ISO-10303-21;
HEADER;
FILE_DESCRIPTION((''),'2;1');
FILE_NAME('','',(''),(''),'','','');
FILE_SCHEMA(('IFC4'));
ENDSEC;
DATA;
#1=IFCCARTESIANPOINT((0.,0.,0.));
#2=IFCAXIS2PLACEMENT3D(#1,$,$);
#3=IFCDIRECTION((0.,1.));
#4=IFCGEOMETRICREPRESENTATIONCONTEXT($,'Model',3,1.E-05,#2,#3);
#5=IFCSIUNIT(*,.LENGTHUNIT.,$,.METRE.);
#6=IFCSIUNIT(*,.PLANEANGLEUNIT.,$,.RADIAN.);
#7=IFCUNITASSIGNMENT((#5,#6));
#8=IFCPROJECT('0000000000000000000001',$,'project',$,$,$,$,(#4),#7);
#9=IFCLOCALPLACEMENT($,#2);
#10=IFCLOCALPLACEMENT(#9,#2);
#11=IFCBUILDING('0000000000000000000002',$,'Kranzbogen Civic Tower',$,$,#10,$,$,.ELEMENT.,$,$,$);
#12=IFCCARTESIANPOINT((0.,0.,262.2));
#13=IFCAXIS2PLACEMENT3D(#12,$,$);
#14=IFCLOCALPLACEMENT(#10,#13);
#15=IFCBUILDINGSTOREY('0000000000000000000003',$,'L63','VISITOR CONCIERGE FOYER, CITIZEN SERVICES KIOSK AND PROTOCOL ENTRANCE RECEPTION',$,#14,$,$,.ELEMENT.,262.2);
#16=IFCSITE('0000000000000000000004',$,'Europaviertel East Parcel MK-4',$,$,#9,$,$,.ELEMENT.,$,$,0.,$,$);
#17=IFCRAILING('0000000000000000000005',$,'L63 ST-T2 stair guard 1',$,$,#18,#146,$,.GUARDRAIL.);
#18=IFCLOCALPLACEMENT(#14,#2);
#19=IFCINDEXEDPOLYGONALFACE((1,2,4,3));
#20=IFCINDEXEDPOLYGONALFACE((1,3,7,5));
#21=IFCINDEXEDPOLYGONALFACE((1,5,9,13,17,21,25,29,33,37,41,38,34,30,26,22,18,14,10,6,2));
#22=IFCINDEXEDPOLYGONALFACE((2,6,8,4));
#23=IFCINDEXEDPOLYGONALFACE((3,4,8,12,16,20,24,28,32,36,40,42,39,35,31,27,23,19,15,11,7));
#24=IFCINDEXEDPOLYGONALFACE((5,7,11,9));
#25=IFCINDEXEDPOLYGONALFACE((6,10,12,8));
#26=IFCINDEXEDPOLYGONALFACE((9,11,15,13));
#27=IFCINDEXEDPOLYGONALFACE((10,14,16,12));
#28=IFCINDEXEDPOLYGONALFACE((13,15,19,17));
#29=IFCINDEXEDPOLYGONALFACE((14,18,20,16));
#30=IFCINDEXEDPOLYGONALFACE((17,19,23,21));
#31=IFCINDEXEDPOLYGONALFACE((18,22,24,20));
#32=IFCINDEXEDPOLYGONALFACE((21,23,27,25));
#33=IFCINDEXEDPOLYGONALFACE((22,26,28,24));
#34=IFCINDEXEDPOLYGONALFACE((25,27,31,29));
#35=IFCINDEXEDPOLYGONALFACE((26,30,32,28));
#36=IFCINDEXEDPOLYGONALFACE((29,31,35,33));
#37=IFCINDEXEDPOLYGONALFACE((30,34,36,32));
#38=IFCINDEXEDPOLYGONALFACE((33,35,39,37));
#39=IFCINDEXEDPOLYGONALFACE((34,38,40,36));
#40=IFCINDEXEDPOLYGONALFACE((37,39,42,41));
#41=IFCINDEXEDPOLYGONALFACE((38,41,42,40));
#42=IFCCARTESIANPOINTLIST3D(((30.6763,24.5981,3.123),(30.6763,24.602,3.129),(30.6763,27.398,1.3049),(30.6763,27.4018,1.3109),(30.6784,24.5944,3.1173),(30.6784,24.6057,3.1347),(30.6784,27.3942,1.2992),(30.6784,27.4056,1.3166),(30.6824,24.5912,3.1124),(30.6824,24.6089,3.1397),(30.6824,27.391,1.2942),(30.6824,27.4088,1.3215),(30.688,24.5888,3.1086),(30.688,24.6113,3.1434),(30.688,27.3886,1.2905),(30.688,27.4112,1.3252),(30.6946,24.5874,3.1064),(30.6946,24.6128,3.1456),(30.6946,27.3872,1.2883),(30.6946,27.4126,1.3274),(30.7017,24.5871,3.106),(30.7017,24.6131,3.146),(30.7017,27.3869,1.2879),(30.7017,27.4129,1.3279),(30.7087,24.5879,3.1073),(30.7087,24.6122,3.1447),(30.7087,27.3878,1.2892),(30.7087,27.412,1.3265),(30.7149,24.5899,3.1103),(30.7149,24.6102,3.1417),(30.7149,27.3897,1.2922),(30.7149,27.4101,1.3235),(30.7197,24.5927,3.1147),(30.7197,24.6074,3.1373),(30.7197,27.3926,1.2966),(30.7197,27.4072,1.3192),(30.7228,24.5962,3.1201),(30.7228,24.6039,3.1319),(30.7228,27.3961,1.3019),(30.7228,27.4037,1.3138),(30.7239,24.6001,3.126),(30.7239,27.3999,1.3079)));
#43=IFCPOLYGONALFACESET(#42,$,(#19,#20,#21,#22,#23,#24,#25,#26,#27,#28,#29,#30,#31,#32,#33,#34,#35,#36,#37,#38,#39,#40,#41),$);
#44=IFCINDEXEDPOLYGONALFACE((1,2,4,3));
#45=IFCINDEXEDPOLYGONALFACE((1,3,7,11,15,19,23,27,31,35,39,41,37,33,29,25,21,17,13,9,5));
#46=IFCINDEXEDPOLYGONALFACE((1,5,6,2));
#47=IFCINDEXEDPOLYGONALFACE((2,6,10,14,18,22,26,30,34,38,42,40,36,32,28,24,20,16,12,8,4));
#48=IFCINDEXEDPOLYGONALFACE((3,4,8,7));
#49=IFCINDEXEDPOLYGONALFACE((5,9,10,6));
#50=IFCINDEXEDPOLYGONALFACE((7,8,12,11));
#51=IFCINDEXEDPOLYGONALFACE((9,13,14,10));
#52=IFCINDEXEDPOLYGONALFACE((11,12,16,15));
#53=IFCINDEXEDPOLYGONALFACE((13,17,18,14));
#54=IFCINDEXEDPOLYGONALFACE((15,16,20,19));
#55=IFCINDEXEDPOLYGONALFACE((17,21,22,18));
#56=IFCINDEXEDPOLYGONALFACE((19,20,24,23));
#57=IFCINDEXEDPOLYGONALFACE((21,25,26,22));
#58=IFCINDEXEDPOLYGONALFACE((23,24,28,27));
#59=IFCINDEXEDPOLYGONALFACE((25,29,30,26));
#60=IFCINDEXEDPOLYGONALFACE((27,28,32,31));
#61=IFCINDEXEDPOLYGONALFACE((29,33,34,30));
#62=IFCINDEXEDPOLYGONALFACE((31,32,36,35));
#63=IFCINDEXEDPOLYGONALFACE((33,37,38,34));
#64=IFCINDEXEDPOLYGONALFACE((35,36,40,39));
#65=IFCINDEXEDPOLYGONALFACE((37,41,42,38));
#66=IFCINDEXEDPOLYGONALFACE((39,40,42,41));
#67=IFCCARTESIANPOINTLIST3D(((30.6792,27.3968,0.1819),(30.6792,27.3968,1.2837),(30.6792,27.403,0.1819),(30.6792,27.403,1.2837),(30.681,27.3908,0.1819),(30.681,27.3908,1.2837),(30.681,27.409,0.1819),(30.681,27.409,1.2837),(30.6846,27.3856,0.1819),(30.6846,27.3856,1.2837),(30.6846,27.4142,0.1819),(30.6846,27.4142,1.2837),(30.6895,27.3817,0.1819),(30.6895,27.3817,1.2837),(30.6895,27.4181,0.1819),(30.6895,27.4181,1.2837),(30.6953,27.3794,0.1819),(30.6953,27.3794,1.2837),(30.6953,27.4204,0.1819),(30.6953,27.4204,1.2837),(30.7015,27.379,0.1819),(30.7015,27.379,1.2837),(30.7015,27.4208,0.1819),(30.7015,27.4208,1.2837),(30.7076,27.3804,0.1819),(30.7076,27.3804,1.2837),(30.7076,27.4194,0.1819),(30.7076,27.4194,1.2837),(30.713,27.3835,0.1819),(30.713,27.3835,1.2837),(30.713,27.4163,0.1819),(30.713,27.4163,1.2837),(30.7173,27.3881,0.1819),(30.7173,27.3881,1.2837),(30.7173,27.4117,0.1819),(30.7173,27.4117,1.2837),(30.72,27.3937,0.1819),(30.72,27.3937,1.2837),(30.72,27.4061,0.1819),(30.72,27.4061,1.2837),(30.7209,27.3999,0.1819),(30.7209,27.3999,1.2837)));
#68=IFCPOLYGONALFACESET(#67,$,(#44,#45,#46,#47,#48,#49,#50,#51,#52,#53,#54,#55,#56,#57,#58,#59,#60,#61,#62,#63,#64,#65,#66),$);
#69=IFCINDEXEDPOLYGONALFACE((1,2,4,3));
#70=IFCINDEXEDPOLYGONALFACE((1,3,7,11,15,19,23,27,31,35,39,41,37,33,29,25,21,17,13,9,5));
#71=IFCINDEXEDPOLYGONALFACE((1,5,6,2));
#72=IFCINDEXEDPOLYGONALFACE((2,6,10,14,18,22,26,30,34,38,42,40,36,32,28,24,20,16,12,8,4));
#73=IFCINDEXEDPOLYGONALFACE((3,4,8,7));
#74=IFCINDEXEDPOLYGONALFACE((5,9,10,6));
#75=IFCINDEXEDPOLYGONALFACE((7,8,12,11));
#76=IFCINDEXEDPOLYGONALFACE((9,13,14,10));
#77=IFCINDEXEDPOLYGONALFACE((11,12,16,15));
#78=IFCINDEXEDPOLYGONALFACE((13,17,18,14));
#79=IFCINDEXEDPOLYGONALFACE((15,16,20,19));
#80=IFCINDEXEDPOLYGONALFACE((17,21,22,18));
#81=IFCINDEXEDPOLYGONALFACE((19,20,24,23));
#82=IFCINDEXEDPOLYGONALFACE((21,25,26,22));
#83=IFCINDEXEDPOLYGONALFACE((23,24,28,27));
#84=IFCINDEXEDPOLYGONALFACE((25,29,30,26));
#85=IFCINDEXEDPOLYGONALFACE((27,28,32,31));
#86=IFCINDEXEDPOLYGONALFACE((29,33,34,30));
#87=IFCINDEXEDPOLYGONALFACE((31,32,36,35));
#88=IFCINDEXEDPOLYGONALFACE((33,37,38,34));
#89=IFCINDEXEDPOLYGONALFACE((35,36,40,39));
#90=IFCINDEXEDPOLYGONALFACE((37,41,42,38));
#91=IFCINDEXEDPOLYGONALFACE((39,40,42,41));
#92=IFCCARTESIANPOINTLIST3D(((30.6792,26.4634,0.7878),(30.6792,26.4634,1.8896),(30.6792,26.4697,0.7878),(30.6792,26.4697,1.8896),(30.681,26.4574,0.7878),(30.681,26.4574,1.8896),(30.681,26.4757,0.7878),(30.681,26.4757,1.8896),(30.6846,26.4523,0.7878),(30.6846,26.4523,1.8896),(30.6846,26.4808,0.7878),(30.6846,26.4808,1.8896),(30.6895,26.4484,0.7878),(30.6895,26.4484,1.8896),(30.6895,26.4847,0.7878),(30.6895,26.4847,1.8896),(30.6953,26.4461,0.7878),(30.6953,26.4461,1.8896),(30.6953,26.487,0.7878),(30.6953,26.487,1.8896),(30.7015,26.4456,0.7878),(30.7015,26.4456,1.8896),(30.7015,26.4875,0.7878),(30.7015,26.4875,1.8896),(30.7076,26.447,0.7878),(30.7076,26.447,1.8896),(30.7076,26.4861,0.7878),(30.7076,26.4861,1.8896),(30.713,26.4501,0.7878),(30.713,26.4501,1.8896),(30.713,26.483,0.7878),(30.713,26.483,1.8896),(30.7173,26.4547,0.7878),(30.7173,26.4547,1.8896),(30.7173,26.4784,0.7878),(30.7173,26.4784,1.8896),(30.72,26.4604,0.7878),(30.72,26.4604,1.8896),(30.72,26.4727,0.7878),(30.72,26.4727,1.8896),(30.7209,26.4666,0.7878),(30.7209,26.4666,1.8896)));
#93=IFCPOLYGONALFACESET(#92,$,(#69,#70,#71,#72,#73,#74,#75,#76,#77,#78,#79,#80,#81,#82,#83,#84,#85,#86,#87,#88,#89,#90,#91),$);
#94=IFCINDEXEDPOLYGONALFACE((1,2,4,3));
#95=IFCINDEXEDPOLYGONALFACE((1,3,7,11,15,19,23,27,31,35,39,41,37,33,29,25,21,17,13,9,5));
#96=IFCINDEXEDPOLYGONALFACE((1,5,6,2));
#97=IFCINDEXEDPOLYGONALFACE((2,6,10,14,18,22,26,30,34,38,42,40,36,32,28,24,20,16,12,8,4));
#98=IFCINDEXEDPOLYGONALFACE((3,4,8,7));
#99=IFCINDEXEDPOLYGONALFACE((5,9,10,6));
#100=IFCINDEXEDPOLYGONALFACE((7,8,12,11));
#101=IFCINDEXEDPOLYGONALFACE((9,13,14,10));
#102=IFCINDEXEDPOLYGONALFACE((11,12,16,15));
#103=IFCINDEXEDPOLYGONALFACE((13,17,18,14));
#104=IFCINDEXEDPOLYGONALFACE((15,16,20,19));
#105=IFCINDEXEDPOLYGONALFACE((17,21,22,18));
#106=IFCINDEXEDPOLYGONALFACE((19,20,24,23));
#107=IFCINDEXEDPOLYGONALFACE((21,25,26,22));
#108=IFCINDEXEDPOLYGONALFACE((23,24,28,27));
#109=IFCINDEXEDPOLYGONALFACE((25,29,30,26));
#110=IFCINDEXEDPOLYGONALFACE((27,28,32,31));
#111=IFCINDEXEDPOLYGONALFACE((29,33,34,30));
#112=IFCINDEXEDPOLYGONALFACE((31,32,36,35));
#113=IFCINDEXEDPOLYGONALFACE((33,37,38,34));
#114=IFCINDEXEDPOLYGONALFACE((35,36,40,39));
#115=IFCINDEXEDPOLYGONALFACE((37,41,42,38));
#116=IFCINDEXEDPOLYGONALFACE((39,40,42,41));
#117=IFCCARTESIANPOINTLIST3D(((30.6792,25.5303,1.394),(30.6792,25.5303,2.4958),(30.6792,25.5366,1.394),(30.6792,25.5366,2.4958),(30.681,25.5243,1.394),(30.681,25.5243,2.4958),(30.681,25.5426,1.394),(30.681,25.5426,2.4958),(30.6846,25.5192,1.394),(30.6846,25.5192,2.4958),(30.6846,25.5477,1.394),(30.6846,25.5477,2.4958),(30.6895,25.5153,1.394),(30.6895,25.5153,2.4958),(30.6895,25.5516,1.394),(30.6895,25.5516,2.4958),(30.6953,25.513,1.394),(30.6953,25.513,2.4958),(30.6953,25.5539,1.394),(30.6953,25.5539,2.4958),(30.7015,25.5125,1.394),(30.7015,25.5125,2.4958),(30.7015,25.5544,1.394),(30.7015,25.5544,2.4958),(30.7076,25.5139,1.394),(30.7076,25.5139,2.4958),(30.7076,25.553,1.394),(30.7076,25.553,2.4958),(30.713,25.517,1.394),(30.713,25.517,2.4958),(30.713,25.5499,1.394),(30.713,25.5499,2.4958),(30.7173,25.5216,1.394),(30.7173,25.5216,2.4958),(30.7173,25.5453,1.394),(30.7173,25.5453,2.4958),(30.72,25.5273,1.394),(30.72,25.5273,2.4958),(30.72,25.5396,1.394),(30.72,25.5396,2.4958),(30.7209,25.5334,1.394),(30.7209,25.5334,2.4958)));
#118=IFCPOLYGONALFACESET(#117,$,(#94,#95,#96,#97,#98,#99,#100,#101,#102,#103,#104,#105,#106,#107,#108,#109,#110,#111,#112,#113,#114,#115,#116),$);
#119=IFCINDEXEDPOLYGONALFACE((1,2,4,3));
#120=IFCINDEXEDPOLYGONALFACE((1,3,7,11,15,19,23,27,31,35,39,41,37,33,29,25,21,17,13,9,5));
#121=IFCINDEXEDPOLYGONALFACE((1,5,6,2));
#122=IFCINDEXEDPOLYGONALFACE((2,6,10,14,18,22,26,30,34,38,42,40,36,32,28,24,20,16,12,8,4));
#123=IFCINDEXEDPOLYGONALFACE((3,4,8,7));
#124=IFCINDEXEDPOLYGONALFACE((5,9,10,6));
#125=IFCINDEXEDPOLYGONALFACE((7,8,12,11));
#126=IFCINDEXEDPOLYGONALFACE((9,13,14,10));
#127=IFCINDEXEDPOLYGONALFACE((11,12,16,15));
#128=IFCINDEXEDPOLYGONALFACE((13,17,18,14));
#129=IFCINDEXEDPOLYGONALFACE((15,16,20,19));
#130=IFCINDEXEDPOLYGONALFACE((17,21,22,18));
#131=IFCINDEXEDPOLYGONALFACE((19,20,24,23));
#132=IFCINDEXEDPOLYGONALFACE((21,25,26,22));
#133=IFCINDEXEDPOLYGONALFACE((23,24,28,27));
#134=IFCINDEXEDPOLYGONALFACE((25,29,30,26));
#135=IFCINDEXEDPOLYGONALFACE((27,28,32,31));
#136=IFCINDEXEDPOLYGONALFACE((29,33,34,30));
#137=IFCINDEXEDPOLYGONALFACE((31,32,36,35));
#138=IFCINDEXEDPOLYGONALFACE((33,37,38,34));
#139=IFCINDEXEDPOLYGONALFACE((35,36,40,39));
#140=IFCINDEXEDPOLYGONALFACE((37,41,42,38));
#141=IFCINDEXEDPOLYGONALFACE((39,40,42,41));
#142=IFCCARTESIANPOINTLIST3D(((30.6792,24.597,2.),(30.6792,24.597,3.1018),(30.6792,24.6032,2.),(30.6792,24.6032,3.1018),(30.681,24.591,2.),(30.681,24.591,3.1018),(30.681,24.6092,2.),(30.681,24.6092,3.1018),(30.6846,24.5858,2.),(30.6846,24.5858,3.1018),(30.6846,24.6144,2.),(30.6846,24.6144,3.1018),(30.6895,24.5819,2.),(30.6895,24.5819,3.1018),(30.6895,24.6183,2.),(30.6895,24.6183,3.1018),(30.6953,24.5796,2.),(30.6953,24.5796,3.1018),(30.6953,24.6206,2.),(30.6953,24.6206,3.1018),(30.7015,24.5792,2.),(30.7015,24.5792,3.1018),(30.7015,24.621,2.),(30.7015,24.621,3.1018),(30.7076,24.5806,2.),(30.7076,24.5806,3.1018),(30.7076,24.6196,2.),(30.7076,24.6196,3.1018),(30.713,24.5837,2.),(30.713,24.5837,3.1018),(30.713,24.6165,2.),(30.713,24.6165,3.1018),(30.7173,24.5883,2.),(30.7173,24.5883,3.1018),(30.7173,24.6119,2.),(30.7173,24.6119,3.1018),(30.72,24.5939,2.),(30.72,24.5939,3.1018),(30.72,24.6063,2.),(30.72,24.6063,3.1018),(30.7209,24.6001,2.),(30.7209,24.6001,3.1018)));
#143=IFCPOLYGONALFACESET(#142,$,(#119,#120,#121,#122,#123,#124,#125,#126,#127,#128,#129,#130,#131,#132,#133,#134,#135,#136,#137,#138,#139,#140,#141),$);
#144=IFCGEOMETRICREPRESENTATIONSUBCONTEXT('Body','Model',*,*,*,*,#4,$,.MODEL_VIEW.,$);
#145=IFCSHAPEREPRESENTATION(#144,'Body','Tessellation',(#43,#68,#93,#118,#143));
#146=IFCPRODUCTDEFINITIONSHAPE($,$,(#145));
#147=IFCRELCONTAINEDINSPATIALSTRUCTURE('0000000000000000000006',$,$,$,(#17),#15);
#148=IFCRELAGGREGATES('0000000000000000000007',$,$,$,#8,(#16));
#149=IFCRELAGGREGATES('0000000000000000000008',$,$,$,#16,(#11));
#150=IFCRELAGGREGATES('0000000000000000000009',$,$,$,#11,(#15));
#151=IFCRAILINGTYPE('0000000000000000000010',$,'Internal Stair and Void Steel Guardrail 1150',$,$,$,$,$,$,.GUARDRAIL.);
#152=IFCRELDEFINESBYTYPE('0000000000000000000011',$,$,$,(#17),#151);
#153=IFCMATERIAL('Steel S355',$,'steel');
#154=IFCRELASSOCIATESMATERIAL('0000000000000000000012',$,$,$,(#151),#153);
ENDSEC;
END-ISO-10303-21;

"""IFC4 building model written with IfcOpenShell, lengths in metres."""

from ifc_helpers import new_model, si_unit, direction, frame, origin, origin_2d, place, context, subcontext, project, spatial, circle, extrude, material, type_object, element, save


model = new_model("IFC4")

# Units and contexts
model_context = context("Model", 3, precision=1e-05, world=origin(), true_north=direction((0.0, 1.0)))
body_context = subcontext(model_context, "Body", "Model", "MODEL_VIEW")
ifc_project = project(units=[si_unit("LENGTHUNIT", "METRE"), si_unit("PLANEANGLEUNIT", "RADIAN")], contexts=[model_context])

# Site, building, storey
site_placement = place(None, origin())
site = spatial("IfcSite", under=ifc_project, at=site_placement, Name="Europaviertel East Parcel MK-4", CompositionType="ELEMENT", RefElevation=0.0)
building_placement = place(site_placement, origin())
building = spatial("IfcBuilding", under=site, at=building_placement, Name="Kranzbogen Civic Tower", CompositionType="ELEMENT")
storey_placement = place(building_placement, frame((0.0, 0.0, 262.2)))
storey = spatial("IfcBuildingStorey", under=building, at=storey_placement, Name="L63", Description="VISITOR CONCIERGE FOYER, CITIZEN SERVICES KIOSK AND PROTOCOL ENTRANCE RECEPTION", CompositionType="ELEMENT", Elevation=262.2)

# Shared definitions
ifc_material_1 = material(Name="Steel S355", Category="steel")

# Railing
railing_type_1 = type_object("IfcRailingType", Name="Internal Stair and Void Steel Guardrail 1150", PredefinedType="GUARDRAIL", material=ifc_material_1)
railing_1_placement = place(storey_placement, frame((30.7, 27.3999, 0.1819)))
element("IfcRailing", 1, at=railing_1_placement, inside=storey, type_object=railing_type_1, Name="L63 ST-T2 stair guard 1", PredefinedType="GUARDRAIL", context=body_context, shape_type="SweptSolid", body=[
    extrude(circle(Radius=0.0239, at=origin_2d()), frame((0.0, 0.0, 1.126), z_axis=(0.0, -0.838684, 0.544618), x_axis=(1.0, 0.0, 0.0)), (0.0, 0.0, 1.0), 3.3384),
    extrude(circle(Radius=0.021, at=origin_2d()), origin(), (0.0, 0.0, 1.0), 1.1018),
    extrude(circle(Radius=0.021, at=origin_2d()), frame((0.0, -0.9333, 0.606)), (0.0, 0.0, 1.0), 1.1018),
    extrude(circle(Radius=0.021, at=origin_2d()), frame((0.0, -1.8665, 1.2122)), (0.0, 0.0, 1.0), 1.1018),
    extrude(circle(Radius=0.021, at=origin_2d()), frame((0.0, -2.7998, 1.8181)), (0.0, 0.0, 1.0), 1.1018),
])

save(model, "model.ifc")
